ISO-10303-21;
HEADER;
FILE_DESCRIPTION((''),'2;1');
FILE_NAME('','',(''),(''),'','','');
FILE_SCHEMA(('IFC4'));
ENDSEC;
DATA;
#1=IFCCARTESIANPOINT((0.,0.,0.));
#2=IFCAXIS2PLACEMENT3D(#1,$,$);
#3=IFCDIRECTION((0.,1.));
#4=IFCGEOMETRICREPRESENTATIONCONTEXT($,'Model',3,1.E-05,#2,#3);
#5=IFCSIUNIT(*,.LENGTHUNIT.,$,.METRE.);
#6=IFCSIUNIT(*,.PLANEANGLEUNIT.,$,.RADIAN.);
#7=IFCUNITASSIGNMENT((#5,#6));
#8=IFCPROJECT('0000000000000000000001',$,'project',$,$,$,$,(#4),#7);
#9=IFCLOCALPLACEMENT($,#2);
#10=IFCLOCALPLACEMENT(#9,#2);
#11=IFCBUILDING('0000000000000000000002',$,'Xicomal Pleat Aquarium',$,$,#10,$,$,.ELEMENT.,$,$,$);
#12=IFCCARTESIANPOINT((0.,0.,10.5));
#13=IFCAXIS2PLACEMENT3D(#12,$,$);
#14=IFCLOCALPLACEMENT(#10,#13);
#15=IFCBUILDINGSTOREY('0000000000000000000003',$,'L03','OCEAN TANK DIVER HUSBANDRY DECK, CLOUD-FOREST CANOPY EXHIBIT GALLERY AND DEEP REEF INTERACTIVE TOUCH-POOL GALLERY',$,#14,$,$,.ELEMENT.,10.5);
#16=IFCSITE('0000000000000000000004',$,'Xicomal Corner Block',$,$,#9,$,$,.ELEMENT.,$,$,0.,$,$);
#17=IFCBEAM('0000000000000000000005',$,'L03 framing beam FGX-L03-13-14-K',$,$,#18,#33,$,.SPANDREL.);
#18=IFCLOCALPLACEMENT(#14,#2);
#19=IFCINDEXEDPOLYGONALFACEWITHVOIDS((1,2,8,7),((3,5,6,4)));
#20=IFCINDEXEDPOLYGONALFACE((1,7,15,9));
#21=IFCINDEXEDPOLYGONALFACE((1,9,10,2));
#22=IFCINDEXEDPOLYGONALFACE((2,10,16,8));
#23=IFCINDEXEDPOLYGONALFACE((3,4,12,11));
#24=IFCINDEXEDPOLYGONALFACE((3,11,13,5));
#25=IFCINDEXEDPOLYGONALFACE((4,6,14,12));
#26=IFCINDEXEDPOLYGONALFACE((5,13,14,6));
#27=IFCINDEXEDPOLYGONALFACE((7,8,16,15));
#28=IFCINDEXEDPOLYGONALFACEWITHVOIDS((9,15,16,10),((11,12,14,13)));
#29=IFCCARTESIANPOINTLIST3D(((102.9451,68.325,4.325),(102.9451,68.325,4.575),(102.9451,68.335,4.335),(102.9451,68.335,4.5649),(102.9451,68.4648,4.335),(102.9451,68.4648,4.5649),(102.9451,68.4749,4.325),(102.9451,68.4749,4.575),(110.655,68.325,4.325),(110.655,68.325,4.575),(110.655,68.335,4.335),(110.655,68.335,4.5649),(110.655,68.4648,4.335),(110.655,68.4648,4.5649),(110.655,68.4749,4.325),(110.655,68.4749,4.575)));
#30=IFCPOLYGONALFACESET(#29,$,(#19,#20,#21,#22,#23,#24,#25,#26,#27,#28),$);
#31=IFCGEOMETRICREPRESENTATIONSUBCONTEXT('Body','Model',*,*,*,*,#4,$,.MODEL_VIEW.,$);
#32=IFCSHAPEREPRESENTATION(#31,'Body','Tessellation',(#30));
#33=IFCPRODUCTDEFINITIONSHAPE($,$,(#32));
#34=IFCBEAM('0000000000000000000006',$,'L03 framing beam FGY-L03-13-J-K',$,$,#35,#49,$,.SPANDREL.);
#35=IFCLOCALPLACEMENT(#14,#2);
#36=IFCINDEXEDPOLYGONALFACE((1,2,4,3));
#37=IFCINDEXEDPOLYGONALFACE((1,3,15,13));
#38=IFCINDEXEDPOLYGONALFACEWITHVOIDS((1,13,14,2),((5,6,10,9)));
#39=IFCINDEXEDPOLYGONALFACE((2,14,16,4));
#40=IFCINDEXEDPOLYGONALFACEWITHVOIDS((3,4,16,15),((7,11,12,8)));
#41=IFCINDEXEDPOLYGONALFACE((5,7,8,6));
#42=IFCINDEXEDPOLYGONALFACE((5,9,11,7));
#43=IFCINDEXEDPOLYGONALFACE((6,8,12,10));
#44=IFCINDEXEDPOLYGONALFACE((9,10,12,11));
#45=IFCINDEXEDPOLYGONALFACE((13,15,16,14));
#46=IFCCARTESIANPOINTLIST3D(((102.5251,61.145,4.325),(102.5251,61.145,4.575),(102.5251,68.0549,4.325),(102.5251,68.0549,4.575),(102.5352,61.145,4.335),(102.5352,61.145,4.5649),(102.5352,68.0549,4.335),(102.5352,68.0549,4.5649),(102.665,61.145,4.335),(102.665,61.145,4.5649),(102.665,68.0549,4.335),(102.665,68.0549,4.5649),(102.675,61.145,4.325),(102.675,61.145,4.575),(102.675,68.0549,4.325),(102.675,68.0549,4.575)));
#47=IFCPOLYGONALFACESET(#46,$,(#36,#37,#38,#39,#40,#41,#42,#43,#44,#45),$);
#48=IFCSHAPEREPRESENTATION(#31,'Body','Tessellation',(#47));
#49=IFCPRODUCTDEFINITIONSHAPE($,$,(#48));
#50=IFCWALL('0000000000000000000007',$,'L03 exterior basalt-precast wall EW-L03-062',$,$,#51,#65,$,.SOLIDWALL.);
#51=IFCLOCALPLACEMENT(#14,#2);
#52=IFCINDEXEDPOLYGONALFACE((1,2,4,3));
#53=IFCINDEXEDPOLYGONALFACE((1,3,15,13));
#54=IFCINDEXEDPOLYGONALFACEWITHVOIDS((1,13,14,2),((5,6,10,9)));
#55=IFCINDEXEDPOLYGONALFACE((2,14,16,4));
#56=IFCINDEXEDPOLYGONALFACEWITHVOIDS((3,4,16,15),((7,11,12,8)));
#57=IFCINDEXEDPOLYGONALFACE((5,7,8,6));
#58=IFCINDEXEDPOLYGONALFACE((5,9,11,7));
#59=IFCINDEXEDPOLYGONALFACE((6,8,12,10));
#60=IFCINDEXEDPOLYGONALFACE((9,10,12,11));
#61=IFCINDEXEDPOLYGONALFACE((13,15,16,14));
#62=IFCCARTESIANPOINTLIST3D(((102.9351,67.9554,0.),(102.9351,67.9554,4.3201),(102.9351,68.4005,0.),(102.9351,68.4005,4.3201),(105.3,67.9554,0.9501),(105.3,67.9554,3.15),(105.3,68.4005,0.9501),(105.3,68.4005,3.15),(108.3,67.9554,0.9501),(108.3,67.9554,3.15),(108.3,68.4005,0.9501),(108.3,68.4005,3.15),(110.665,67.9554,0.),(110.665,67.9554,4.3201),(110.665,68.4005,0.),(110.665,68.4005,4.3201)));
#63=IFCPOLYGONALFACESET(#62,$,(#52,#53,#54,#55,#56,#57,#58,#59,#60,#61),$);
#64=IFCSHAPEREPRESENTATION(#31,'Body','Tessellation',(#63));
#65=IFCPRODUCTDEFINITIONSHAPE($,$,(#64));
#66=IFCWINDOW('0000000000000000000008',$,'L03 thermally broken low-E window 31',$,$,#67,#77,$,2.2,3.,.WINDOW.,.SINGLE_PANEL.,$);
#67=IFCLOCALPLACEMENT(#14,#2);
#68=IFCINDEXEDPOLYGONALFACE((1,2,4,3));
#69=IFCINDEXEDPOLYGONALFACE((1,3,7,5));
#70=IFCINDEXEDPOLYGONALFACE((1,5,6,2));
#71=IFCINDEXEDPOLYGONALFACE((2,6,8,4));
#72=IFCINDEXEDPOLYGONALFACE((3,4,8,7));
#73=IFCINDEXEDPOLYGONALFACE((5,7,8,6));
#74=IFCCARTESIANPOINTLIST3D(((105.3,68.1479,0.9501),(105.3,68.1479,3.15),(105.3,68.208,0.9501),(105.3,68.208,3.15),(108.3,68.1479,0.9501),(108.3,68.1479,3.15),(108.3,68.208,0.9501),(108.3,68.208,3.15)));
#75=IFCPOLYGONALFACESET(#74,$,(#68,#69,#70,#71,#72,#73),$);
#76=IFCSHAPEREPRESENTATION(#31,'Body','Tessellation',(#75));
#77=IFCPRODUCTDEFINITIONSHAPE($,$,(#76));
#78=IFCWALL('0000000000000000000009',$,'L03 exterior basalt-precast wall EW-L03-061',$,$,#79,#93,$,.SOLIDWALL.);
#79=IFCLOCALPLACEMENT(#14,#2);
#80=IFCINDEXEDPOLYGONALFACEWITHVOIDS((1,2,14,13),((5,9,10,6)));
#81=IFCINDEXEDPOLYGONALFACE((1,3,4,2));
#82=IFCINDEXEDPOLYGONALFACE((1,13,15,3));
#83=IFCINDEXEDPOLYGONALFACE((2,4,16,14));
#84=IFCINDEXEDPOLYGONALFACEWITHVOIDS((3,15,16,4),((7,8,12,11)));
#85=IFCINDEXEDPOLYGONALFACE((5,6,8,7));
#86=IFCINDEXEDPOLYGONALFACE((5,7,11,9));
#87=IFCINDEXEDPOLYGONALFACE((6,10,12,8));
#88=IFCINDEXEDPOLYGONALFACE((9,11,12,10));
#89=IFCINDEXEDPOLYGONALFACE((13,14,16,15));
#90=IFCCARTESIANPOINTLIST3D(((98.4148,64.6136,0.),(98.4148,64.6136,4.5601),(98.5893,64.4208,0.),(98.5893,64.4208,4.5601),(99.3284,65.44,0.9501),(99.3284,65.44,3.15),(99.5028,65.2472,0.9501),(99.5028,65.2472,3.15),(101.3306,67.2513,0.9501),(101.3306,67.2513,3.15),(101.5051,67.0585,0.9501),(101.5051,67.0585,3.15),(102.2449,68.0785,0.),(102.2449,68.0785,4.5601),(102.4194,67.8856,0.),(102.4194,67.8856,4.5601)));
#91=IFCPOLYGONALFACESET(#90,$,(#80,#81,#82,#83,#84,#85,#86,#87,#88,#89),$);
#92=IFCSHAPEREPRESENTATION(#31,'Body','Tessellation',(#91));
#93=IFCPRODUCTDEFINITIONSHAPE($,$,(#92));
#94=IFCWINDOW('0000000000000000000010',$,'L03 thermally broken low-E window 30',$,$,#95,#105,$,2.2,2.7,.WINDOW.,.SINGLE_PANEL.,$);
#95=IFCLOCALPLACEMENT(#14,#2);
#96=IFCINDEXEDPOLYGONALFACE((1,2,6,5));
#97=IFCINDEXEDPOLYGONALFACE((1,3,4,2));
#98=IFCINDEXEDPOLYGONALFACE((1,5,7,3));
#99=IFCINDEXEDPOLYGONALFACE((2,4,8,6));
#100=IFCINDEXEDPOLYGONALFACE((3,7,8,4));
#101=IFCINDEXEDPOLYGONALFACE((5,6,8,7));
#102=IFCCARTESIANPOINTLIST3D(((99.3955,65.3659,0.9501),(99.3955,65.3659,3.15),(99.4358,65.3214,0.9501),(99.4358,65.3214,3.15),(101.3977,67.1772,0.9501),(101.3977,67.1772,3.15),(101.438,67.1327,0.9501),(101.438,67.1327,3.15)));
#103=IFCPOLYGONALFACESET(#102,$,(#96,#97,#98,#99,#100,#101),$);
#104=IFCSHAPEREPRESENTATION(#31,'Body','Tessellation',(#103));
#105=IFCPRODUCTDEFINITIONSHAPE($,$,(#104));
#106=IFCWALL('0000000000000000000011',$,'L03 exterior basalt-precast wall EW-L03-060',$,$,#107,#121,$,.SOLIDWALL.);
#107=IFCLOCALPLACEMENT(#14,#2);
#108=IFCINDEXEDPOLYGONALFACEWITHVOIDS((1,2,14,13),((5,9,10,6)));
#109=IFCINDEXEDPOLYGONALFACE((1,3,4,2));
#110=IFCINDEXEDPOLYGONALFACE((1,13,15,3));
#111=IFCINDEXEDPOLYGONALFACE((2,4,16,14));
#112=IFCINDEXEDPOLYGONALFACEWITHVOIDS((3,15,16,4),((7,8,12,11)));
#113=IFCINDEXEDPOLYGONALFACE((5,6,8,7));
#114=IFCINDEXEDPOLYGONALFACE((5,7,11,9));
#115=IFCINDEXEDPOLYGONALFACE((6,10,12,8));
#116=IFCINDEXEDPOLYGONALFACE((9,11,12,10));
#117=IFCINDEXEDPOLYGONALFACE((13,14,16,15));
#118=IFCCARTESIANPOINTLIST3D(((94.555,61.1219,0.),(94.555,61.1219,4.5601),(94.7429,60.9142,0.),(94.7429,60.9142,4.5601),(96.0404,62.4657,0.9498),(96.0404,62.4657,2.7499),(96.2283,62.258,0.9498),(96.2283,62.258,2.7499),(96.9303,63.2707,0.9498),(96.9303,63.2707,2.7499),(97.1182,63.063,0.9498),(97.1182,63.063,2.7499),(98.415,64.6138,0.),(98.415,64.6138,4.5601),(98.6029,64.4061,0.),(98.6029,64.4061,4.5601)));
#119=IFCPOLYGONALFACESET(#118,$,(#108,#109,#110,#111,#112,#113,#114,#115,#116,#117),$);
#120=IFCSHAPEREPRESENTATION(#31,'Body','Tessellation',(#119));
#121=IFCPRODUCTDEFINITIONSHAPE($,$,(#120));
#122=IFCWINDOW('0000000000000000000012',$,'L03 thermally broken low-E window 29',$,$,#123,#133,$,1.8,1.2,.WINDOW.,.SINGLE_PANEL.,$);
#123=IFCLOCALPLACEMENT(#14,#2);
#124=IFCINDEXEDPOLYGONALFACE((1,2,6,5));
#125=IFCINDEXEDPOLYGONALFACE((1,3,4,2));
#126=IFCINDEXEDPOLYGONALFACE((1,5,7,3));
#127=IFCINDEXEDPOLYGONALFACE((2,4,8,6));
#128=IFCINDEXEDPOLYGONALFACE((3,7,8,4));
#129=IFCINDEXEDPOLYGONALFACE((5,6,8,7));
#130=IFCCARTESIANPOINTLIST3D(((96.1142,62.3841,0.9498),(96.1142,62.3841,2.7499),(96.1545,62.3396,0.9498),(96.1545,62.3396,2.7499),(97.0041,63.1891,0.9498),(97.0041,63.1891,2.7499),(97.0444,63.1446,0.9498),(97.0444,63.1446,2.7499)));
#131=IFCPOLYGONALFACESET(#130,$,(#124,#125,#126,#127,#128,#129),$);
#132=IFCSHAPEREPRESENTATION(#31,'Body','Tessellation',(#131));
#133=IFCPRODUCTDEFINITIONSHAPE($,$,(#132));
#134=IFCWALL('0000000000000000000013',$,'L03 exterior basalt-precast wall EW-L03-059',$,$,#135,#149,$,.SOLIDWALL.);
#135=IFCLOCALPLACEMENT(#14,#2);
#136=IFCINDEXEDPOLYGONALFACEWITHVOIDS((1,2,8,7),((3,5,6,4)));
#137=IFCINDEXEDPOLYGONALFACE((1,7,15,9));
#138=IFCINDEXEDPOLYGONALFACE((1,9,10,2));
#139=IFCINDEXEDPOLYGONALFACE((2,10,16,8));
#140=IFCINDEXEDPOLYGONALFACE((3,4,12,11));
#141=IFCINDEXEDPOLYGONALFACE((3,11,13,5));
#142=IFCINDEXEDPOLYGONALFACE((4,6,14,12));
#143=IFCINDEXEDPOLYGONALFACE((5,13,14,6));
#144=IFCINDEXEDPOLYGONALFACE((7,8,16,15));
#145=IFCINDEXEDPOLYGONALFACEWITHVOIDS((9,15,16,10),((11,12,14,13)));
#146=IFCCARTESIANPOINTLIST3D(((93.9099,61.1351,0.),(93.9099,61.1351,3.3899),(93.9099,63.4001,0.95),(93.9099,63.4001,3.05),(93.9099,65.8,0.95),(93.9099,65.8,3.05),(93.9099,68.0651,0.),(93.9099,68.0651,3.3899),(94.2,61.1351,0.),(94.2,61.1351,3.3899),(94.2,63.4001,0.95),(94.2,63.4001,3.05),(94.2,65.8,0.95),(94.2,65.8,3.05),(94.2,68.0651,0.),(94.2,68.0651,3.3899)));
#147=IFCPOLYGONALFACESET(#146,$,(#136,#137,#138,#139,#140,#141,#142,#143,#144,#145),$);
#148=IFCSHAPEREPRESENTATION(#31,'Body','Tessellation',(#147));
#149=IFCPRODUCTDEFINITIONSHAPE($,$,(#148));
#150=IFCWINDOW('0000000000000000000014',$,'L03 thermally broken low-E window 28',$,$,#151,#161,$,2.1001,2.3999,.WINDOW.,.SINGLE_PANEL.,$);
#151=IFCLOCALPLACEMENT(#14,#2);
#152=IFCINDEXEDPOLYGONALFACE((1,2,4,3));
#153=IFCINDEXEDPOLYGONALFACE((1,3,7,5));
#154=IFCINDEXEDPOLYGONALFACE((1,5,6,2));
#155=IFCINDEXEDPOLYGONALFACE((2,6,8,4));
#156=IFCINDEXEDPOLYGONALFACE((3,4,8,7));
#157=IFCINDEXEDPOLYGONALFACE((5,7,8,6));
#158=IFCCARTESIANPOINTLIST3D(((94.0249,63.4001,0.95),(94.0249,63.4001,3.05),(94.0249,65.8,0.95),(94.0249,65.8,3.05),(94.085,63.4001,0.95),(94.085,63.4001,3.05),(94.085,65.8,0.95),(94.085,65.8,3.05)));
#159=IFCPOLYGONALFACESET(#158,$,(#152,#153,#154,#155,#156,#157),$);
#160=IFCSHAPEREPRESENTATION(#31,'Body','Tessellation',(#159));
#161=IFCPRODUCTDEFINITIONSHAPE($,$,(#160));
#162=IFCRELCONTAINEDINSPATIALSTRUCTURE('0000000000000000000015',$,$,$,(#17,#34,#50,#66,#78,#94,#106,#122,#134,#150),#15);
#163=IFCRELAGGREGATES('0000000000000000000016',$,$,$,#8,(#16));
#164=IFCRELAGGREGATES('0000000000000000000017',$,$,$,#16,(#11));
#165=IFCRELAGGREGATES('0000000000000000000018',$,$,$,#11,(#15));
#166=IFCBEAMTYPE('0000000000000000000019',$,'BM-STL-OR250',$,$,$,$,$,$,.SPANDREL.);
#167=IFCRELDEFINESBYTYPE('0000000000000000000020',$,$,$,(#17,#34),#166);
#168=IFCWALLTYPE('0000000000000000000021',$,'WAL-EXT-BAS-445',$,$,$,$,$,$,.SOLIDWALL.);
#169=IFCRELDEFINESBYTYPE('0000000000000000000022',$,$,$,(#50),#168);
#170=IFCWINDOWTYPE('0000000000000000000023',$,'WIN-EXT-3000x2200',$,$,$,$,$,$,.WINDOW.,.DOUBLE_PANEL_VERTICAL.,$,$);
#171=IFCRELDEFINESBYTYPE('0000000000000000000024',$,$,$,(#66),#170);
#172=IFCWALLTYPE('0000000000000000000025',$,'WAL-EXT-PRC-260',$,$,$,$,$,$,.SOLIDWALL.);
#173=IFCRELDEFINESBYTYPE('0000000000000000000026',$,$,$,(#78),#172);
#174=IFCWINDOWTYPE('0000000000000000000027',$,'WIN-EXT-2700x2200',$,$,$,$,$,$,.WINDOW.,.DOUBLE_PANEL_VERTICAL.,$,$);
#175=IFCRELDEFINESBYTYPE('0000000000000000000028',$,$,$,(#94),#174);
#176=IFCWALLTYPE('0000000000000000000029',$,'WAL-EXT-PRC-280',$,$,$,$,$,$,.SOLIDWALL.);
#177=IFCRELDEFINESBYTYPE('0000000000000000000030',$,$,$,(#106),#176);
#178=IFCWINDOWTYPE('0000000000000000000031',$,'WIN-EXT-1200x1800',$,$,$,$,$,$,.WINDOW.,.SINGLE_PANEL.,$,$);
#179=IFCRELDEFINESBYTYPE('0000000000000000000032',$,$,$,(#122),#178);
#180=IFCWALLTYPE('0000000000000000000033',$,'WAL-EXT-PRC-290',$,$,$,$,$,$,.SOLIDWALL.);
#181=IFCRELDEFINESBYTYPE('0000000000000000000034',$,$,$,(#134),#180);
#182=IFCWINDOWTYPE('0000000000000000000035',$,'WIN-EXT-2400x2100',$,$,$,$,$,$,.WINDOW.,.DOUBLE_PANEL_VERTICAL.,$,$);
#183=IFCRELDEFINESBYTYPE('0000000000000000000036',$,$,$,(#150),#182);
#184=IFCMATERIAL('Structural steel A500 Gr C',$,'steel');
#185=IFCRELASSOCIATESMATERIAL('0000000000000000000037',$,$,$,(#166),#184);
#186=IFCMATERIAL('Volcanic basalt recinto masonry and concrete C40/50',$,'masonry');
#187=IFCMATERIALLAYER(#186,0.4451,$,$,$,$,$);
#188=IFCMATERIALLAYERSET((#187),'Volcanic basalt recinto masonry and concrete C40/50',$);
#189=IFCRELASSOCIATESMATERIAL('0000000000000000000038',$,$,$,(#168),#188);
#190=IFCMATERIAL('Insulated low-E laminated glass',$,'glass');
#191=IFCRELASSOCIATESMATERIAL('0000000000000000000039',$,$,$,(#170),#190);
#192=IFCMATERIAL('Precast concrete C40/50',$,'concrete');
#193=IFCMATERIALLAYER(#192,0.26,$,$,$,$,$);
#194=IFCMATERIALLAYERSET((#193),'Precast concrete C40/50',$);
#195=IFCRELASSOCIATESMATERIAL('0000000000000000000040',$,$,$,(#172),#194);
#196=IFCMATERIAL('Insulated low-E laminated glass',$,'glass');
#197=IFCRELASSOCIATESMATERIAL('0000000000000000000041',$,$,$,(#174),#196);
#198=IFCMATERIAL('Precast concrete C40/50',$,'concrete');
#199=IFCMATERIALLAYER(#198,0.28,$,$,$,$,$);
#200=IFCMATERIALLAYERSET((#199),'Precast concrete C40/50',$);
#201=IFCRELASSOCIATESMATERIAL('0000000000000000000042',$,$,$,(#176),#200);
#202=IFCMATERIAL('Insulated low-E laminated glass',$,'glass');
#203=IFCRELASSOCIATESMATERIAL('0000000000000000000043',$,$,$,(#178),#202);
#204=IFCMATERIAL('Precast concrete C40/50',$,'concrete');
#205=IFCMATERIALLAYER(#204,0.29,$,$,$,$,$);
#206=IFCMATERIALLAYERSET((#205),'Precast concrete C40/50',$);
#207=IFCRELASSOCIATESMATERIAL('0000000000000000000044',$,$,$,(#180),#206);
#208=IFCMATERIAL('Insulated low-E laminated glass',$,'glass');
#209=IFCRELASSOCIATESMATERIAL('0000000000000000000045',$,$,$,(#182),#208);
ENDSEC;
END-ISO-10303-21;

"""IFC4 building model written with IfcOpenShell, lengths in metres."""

from ifc_helpers import new_model, si_unit, direction, frame, frame_2d, origin, origin_2d, place, context, subcontext, project, spatial, rectangle, hollow_rectangle, extrude, material, layer, layer_set, material_profile, profile_set, type_object, element, fill, save


model = new_model("IFC4")

# Units and contexts
model_context = context("Model", 3, precision=1e-05, world=origin(), true_north=direction((0.0, 1.0)))
body_context = subcontext(model_context, "Body", "Model", "MODEL_VIEW")
ifc_project = project(units=[si_unit("LENGTHUNIT", "METRE"), si_unit("PLANEANGLEUNIT", "RADIAN")], contexts=[model_context])

# Site, building, storey
site_placement = place(None, origin())
site = spatial("IfcSite", under=ifc_project, at=site_placement, Name="Xicomal Corner Block", CompositionType="ELEMENT", RefElevation=0.0)
building_placement = place(site_placement, origin())
building = spatial("IfcBuilding", under=site, at=building_placement, Name="Xicomal Pleat Aquarium", CompositionType="ELEMENT")
storey_placement = place(building_placement, frame((0.0, 0.0, 10.5)))
storey = spatial("IfcBuildingStorey", under=building, at=storey_placement, Name="L03", Description="OCEAN TANK DIVER HUSBANDRY DECK, CLOUD-FOREST CANOPY EXHIBIT GALLERY AND DEEP REEF INTERACTIVE TOUCH-POOL GALLERY", CompositionType="ELEMENT", Elevation=10.5)

# Beams
ifc_material_1 = material(Name="Structural steel A500 Gr C", Category="steel")
ifc_material_profile_1 = material_profile(ifc_material_1, hollow_rectangle(XDim=0.1499, YDim=0.25, WallThickness=0.01, at=origin_2d()), Name="OR 250x150x10")
ifc_profile_set_1 = profile_set([ifc_material_profile_1], Name="Structural steel A500 Gr C")
beam_type_1 = type_object("IfcBeamType", Name="BM-STL-OR250", PredefinedType="SPANDREL", material=ifc_profile_set_1)
beam_1_placement = place(storey_placement, frame((102.9451, 68.3999, 4.45), z_axis=(1.0, 0.0, 0.0), x_axis=(0.0, 1.0, 0.0)))
element("IfcBeam", 1, at=beam_1_placement, inside=storey, type_object=beam_type_1, Name="L03 framing beam FGX-L03-13-14-K", PredefinedType="SPANDREL", context=body_context, shape_type="SweptSolid", body=[
    extrude(hollow_rectangle(XDim=0.1499, YDim=0.25, WallThickness=0.01, at=origin_2d()), origin(), (0.0, 0.0, 1.0), 7.71),
])
beam_2_placement = place(storey_placement, frame((102.6001, 61.145, 4.45), z_axis=(0.0, 1.0, 0.0), x_axis=(-1.0, 0.0, 0.0)))
element("IfcBeam", 2, at=beam_2_placement, inside=storey, type_object=beam_type_1, Name="L03 framing beam FGY-L03-13-J-K", PredefinedType="SPANDREL", context=body_context, shape_type="SweptSolid", body=[
    extrude(hollow_rectangle(XDim=0.1499, YDim=0.25, WallThickness=0.01, at=origin_2d()), origin(), (0.0, 0.0, 1.0), 6.9099),
])

# Walls, openings, windows
ifc_material_2 = material(Name="Volcanic basalt recinto masonry and concrete C40/50", Category="masonry")
ifc_layer_1 = layer(ifc_material_2, 0.4451)
ifc_layer_set_1 = layer_set([ifc_layer_1], Name="Volcanic basalt recinto masonry and concrete C40/50")
wall_type_1 = type_object("IfcWallType", Name="WAL-EXT-BAS-445", PredefinedType="SOLIDWALL", material=ifc_layer_set_1)
wall_1_placement = place(storey_placement, frame((102.9351, 68.178, 0.0), z_axis=(0.0, 0.0, 1.0), x_axis=(1.0, 0.0, 0.0)))
wall_1 = element("IfcWall", 3, at=wall_1_placement, inside=storey, type_object=wall_type_1, Name="L03 exterior basalt-precast wall EW-L03-062", PredefinedType="SOLIDWALL", context=body_context, shape_type="SweptSolid", body=[
    extrude(rectangle(XDim=7.73, YDim=0.4451, at=frame_2d((3.865, 0.0))), origin(), (0.0, 0.0, 1.0), 4.3201),
])
opening_1_placement = place(wall_1_placement, frame((2.365, 0.0, 0.95)))
opening_1 = element("IfcOpeningElement", 4, at=opening_1_placement, cuts=wall_1, PredefinedType="OPENING", context=body_context, shape_type="SweptSolid", body=[
    extrude(rectangle(XDim=3.0, YDim=2.2, at=frame_2d((1.5, 1.1001))), frame((0.0, 0.2324, 0.0), z_axis=(0.0, -1.0, 0.0), x_axis=(1.0, 0.0, 0.0)), (0.0, 0.0, 1.0), 0.4651),
])
ifc_material_3 = material(Name="Insulated low-E laminated glass", Category="glass")
window_type_1 = type_object("IfcWindowType", Name="WIN-EXT-3000x2200", PartitioningType="DOUBLE_PANEL_VERTICAL", PredefinedType="WINDOW", material=ifc_material_3)
window_1_placement = place(opening_1_placement, origin())
window_1 = element("IfcWindow", 5, at=window_1_placement, inside=storey, type_object=window_type_1, Name="L03 thermally broken low-E window 31", OverallHeight=2.2, OverallWidth=3.0, PartitioningType="SINGLE_PANEL", PredefinedType="WINDOW", context=body_context, shape_type="SweptSolid", body=[
    extrude(rectangle(XDim=3.0, YDim=2.2, at=frame_2d((1.5, 1.1001))), frame((0.0, 0.03, 0.0), z_axis=(0.0, -1.0, 0.0), x_axis=(1.0, 0.0, 0.0)), (0.0, 0.0, 1.0), 0.0601),
])
fill(opening_1, window_1)
ifc_material_4 = material(Name="Precast concrete C40/50", Category="concrete")
ifc_layer_2 = layer(ifc_material_4, 0.26)
ifc_layer_set_2 = layer_set([ifc_layer_2], Name="Precast concrete C40/50")
wall_type_2 = type_object("IfcWallType", Name="WAL-EXT-PRC-260", PredefinedType="SOLIDWALL", material=ifc_layer_set_2)
wall_2_placement = place(storey_placement, frame((98.502, 64.5171, 0.0), z_axis=(0.0, 0.0, 1.0), x_axis=(0.741581, 0.670864, 0.0)))
wall_2 = element("IfcWall", 6, at=wall_2_placement, inside=storey, type_object=wall_type_2, Name="L03 exterior basalt-precast wall EW-L03-061", PredefinedType="SOLIDWALL", context=body_context, shape_type="SweptSolid", body=[
    extrude(rectangle(XDim=5.1648, YDim=0.26, at=frame_2d((2.5825, 0.0))), origin(), (0.0, 0.0, 1.0), 4.5601),
])
opening_2_placement = place(wall_2_placement, frame((1.2319, 0.0, 0.95)))
opening_2 = element("IfcOpeningElement", 7, at=opening_2_placement, cuts=wall_2, PredefinedType="OPENING", context=body_context, shape_type="SweptSolid", body=[
    extrude(rectangle(XDim=2.7, YDim=2.2, at=frame_2d((1.3501, 1.1001))), frame((0.0, 0.1399, 0.0), z_axis=(0.0, -1.0, 0.0), x_axis=(1.0, 0.0, 0.0)), (0.0, 0.0, 1.0), 0.28),
])
ifc_material_5 = material(Name="Insulated low-E laminated glass", Category="glass")
window_type_2 = type_object("IfcWindowType", Name="WIN-EXT-2700x2200", PartitioningType="DOUBLE_PANEL_VERTICAL", PredefinedType="WINDOW", material=ifc_material_5)
window_2_placement = place(opening_2_placement, origin())
window_2 = element("IfcWindow", 8, at=window_2_placement, inside=storey, type_object=window_type_2, Name="L03 thermally broken low-E window 30", OverallHeight=2.2, OverallWidth=2.7, PartitioningType="SINGLE_PANEL", PredefinedType="WINDOW", context=body_context, shape_type="SweptSolid", body=[
    extrude(rectangle(XDim=2.7, YDim=2.2, at=frame_2d((1.3501, 1.1001))), frame((0.0, 0.03, 0.0), z_axis=(0.0, -1.0, 0.0), x_axis=(1.0, 0.0, 0.0)), (0.0, 0.0, 1.0), 0.0601),
])
fill(opening_2, window_2)
ifc_material_6 = material(Name="Precast concrete C40/50", Category="concrete")
ifc_layer_3 = layer(ifc_material_6, 0.28)
ifc_layer_set_3 = layer_set([ifc_layer_3], Name="Precast concrete C40/50")
wall_type_3 = type_object("IfcWallType", Name="WAL-EXT-PRC-280", PredefinedType="SOLIDWALL", material=ifc_layer_set_3)
wall_3_placement = place(storey_placement, frame((94.6489, 61.0181, 0.0), z_axis=(0.0, 0.0, 1.0), x_axis=(0.741587, 0.670857, 0.0)))
wall_3 = element("IfcWall", 9, at=wall_3_placement, inside=storey, type_object=wall_type_3, Name="L03 exterior basalt-precast wall EW-L03-060", PredefinedType="SOLIDWALL", context=body_context, shape_type="SweptSolid", body=[
    extrude(rectangle(XDim=5.2051, YDim=0.28, at=frame_2d((2.6025, 0.0))), origin(), (0.0, 0.0, 1.0), 4.5601),
])
opening_3_placement = place(wall_3_placement, frame((2.0029, 0.0, 0.95)))
opening_3 = element("IfcOpeningElement", 10, at=opening_3_placement, cuts=wall_3, PredefinedType="OPENING", context=body_context, shape_type="SweptSolid", body=[
    extrude(rectangle(XDim=1.2, YDim=1.8, at=frame_2d((0.6001, 0.8999))), frame((0.0, 0.1499, 0.0), z_axis=(0.0, -1.0, 0.0), x_axis=(1.0, 0.0, 0.0)), (0.0, 0.0, 1.0), 0.3),
])
ifc_material_7 = material(Name="Insulated low-E laminated glass", Category="glass")
window_type_3 = type_object("IfcWindowType", Name="WIN-EXT-1200x1800", PartitioningType="SINGLE_PANEL", PredefinedType="WINDOW", material=ifc_material_7)
window_3_placement = place(opening_3_placement, origin())
window_3 = element("IfcWindow", 11, at=window_3_placement, inside=storey, type_object=window_type_3, Name="L03 thermally broken low-E window 29", OverallHeight=1.8, OverallWidth=1.2, PartitioningType="SINGLE_PANEL", PredefinedType="WINDOW", context=body_context, shape_type="SweptSolid", body=[
    extrude(rectangle(XDim=1.2, YDim=1.8, at=frame_2d((0.6001, 0.8999))), frame((0.0, 0.03, 0.0), z_axis=(0.0, -1.0, 0.0), x_axis=(1.0, 0.0, 0.0)), (0.0, 0.0, 1.0), 0.0601),
])
fill(opening_3, window_3)
ifc_material_8 = material(Name="Precast concrete C40/50", Category="concrete")
ifc_layer_4 = layer(ifc_material_8, 0.29)
ifc_layer_set_4 = layer_set([ifc_layer_4], Name="Precast concrete C40/50")
wall_type_4 = type_object("IfcWallType", Name="WAL-EXT-PRC-290", PredefinedType="SOLIDWALL", material=ifc_layer_set_4)
wall_4_placement = place(storey_placement, frame((94.0549, 68.0649, 0.0), z_axis=(0.0, 0.0, 1.0), x_axis=(0.0, -1.0, 0.0)))
wall_4 = element("IfcWall", 12, at=wall_4_placement, inside=storey, type_object=wall_type_4, Name="L03 exterior basalt-precast wall EW-L03-059", PredefinedType="SOLIDWALL", context=body_context, shape_type="SweptSolid", body=[
    extrude(rectangle(XDim=6.9299, YDim=0.29, at=frame_2d((3.4648, 0.0))), origin(), (0.0, 0.0, 1.0), 3.3899),
])
opening_4_placement = place(wall_4_placement, frame((2.2649, 0.0, 0.95)))
opening_4 = element("IfcOpeningElement", 13, at=opening_4_placement, cuts=wall_4, PredefinedType="OPENING", context=body_context, shape_type="SweptSolid", body=[
    extrude(rectangle(XDim=2.3999, YDim=2.1001, at=frame_2d((1.2, 1.05))), frame((0.0, 0.155, 0.0), z_axis=(0.0, -1.0, 0.0), x_axis=(1.0, 0.0, 0.0)), (0.0, 0.0, 1.0), 0.3101),
])
ifc_material_9 = material(Name="Insulated low-E laminated glass", Category="glass")
window_type_4 = type_object("IfcWindowType", Name="WIN-EXT-2400x2100", PartitioningType="DOUBLE_PANEL_VERTICAL", PredefinedType="WINDOW", material=ifc_material_9)
window_4_placement = place(opening_4_placement, origin())
window_4 = element("IfcWindow", 14, at=window_4_placement, inside=storey, type_object=window_type_4, Name="L03 thermally broken low-E window 28", OverallHeight=2.1001, OverallWidth=2.3999, PartitioningType="SINGLE_PANEL", PredefinedType="WINDOW", context=body_context, shape_type="SweptSolid", body=[
    extrude(rectangle(XDim=2.3999, YDim=2.1001, at=frame_2d((1.2, 1.05))), frame((0.0, 0.03, 0.0), z_axis=(0.0, -1.0, 0.0), x_axis=(1.0, 0.0, 0.0)), (0.0, 0.0, 1.0), 0.0601),
])
fill(opening_4, window_4)

save(model, "model.ifc")
